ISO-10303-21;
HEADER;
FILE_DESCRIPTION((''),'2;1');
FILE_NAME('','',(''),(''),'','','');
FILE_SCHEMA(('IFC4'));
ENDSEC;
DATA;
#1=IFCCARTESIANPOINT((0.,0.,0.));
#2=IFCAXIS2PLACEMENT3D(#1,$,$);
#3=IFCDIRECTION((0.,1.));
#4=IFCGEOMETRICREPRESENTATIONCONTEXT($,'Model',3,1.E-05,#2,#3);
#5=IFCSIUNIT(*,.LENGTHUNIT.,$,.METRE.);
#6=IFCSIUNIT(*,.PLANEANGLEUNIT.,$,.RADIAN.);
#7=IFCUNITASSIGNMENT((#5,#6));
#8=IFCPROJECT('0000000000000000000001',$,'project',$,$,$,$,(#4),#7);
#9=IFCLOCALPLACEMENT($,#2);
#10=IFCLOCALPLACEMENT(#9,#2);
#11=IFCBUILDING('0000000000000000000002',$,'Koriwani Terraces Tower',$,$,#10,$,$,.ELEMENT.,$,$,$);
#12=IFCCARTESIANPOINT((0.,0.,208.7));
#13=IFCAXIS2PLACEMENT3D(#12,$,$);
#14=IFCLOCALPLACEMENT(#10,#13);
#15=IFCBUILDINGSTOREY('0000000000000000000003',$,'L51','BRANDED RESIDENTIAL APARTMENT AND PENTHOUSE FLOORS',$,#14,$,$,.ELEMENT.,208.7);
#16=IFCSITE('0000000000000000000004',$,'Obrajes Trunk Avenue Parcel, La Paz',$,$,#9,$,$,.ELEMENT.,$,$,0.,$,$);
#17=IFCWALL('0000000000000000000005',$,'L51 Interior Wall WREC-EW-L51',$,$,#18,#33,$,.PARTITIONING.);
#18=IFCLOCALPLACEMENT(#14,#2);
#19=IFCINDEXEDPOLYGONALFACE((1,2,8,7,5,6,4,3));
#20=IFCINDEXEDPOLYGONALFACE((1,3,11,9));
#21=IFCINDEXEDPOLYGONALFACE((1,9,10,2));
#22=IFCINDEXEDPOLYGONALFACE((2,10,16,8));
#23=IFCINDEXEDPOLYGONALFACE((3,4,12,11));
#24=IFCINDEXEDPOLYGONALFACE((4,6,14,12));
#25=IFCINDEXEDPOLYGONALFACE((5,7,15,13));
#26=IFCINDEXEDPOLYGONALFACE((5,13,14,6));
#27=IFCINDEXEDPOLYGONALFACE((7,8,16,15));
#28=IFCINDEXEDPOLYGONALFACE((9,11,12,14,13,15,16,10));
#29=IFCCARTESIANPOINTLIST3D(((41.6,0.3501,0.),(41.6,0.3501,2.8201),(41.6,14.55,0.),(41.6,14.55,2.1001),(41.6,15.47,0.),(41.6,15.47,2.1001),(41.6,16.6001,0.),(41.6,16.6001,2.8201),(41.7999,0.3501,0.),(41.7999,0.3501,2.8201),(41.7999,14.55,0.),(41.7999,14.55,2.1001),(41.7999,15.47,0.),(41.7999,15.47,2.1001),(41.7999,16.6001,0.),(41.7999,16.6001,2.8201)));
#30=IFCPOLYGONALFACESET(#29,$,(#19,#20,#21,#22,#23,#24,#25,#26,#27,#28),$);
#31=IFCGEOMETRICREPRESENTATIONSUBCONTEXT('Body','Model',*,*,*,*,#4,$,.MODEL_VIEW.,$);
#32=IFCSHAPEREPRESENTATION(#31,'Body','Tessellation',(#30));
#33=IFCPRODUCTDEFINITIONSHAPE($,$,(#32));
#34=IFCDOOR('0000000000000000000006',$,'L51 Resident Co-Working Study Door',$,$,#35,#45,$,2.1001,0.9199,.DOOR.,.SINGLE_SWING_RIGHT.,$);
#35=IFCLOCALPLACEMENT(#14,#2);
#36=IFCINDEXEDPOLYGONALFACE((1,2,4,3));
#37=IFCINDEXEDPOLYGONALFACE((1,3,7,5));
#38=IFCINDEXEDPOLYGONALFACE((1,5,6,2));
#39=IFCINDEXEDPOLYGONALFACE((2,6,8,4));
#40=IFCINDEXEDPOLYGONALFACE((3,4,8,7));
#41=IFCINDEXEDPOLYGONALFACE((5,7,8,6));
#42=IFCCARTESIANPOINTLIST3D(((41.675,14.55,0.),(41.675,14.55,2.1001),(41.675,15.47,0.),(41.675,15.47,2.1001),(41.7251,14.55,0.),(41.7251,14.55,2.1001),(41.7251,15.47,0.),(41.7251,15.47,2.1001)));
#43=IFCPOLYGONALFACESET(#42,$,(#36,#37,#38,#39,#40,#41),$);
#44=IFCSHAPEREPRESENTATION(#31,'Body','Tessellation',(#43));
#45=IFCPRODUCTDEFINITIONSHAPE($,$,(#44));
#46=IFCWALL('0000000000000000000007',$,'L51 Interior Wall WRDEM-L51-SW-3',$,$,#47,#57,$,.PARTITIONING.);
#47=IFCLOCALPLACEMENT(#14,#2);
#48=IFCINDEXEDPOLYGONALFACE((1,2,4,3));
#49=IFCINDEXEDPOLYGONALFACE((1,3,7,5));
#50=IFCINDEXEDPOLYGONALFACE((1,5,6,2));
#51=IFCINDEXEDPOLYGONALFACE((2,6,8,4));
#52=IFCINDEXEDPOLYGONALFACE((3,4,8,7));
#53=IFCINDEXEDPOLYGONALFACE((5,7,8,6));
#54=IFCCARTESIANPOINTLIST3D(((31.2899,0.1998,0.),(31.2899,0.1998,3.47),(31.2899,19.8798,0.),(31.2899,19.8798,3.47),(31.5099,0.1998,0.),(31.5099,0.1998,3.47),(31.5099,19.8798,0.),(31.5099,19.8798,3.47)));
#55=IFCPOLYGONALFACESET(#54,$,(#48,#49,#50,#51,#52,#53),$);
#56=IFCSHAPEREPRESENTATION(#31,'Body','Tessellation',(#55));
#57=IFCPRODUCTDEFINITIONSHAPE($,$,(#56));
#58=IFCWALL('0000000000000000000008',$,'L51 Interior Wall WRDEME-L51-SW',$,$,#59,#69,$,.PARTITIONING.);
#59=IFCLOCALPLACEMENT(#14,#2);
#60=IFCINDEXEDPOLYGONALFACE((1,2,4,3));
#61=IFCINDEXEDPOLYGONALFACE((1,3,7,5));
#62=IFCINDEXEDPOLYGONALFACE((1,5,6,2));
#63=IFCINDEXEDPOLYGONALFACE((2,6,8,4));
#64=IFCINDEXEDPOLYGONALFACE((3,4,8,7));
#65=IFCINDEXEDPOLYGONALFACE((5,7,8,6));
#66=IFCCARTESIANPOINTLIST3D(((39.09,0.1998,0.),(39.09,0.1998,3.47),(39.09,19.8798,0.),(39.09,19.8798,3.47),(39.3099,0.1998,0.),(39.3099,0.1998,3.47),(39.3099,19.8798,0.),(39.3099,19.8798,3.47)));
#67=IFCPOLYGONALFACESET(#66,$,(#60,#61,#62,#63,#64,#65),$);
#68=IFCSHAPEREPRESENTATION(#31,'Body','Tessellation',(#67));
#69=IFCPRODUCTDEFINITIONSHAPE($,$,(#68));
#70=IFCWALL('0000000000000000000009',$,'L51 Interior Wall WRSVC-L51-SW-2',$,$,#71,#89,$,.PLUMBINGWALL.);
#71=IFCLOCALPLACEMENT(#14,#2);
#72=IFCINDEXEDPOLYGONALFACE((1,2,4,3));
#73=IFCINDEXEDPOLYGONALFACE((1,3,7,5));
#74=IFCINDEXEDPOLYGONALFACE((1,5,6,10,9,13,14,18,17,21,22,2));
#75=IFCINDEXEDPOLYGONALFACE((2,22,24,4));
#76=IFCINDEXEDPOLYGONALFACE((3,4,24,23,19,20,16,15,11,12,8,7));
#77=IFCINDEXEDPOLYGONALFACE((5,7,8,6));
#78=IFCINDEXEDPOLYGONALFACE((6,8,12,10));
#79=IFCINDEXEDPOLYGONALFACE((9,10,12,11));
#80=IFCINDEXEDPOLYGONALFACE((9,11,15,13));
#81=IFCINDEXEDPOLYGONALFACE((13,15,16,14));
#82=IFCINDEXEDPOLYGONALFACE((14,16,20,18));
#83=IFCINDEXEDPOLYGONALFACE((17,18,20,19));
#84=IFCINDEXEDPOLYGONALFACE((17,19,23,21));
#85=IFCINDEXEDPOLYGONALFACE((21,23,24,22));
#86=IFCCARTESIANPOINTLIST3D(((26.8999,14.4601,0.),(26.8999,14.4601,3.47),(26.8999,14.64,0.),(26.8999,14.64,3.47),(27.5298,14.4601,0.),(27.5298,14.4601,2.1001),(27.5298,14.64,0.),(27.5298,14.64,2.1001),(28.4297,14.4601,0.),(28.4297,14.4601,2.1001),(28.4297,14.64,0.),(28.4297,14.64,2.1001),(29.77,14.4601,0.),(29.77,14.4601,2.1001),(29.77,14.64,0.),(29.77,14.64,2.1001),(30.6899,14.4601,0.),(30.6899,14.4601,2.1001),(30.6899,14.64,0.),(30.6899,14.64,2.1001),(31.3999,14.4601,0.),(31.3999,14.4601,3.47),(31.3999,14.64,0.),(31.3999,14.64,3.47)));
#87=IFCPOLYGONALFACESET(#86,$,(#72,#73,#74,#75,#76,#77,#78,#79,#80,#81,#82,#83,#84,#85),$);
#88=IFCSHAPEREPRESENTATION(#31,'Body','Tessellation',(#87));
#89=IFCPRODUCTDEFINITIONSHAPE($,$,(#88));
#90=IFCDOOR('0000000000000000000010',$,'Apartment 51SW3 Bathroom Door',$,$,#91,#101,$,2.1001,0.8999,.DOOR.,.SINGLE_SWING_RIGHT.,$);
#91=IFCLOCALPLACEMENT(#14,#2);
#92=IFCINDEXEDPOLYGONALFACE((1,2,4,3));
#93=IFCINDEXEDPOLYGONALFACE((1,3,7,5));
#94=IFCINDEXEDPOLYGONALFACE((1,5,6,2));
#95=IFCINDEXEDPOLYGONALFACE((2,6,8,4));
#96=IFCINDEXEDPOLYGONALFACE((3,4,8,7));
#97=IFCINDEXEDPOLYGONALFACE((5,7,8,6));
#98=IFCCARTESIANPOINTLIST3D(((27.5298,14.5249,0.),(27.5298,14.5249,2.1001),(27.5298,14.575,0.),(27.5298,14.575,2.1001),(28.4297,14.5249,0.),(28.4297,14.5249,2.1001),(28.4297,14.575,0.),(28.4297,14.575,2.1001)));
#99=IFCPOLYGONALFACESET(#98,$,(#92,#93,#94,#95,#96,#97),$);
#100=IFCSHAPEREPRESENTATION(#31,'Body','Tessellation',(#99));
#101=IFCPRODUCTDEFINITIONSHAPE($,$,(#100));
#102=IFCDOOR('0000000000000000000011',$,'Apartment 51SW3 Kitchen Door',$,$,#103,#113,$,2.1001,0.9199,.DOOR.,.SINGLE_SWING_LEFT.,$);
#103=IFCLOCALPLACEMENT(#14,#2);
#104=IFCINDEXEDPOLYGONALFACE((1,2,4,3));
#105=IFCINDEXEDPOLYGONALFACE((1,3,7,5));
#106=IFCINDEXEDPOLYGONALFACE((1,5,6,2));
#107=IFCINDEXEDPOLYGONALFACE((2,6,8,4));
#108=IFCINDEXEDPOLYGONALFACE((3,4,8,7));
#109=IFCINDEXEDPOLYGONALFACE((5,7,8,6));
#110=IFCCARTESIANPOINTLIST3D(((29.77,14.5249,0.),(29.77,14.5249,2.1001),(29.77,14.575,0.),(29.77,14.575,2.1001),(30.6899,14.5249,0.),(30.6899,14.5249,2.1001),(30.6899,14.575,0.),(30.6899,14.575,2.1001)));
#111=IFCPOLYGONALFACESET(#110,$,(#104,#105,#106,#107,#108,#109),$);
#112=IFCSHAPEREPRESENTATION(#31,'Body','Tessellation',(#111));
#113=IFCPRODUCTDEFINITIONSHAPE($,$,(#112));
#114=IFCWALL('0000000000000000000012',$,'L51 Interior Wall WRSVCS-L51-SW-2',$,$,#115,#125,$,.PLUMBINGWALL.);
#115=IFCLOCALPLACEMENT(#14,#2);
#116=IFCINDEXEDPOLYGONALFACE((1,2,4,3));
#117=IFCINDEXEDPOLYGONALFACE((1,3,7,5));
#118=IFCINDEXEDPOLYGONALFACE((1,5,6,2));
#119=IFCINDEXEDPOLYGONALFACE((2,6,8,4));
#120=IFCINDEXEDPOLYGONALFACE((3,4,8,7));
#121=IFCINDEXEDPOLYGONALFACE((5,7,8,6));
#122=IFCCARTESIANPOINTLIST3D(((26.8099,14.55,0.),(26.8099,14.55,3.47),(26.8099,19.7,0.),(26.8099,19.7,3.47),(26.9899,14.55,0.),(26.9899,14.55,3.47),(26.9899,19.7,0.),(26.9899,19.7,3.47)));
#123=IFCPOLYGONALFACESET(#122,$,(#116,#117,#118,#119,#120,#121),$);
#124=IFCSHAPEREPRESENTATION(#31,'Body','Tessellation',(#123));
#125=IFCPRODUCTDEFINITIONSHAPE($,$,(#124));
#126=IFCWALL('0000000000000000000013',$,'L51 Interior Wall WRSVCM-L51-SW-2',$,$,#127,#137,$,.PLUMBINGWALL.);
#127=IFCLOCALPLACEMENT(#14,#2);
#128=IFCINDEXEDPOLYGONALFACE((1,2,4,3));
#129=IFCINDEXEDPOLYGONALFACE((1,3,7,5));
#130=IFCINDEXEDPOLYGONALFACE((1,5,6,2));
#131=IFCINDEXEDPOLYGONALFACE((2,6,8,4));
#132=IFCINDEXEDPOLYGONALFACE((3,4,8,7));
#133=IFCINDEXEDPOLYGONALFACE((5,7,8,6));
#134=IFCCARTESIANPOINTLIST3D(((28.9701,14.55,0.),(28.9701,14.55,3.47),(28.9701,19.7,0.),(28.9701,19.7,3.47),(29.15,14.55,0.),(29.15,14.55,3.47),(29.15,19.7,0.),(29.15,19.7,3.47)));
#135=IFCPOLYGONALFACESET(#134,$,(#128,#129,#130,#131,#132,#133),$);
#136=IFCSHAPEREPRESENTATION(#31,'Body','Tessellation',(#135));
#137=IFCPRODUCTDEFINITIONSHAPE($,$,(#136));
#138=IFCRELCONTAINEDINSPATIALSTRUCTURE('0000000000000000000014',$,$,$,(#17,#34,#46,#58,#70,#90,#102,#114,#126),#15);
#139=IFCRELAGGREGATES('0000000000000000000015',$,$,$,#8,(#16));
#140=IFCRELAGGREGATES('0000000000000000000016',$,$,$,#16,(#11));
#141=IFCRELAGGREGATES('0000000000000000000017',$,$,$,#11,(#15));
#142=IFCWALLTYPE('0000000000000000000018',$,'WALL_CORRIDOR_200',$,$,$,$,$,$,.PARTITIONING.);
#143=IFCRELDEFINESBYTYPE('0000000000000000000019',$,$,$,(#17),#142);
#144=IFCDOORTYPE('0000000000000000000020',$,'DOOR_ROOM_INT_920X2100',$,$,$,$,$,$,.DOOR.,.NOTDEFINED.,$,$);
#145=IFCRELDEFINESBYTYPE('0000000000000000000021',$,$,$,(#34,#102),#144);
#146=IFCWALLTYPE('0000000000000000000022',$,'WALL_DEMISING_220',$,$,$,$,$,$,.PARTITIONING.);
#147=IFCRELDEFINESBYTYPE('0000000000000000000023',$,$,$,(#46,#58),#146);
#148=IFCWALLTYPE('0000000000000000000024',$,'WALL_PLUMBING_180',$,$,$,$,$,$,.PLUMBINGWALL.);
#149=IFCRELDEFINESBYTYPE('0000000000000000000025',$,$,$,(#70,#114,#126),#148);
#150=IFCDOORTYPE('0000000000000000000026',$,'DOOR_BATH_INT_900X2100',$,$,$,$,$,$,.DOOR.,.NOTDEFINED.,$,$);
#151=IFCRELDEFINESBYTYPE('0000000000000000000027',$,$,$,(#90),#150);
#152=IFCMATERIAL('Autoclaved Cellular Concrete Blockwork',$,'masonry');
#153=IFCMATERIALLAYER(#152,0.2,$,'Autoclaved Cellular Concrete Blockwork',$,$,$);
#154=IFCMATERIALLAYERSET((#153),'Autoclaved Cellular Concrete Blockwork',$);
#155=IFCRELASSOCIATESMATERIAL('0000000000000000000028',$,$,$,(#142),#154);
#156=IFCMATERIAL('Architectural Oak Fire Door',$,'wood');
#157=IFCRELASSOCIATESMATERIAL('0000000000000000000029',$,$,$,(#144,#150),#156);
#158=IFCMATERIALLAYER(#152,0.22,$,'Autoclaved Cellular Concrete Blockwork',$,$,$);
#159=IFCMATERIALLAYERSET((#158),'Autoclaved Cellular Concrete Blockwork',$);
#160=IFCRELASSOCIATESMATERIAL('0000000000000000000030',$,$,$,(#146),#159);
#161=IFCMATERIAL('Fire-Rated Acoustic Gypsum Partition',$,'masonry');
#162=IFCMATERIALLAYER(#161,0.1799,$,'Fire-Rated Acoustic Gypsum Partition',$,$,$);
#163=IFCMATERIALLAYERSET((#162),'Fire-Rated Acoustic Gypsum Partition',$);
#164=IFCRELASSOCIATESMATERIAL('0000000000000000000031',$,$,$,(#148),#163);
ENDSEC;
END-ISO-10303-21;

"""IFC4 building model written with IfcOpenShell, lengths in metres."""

from ifc_helpers import new_model, si_unit, direction, frame, frame_2d, origin, place, context, subcontext, project, spatial, rectangle, extrude, material, layer, layer_set, type_object, element, fill, save


model = new_model("IFC4")

# Units and contexts
model_context = context("Model", 3, precision=1e-05, world=origin(), true_north=direction((0.0, 1.0)))
body_context = subcontext(model_context, "Body", "Model", "MODEL_VIEW")
ifc_project = project(units=[si_unit("LENGTHUNIT", "METRE"), si_unit("PLANEANGLEUNIT", "RADIAN")], contexts=[model_context])

# Site, building, storey
site_placement = place(None, origin())
site = spatial("IfcSite", under=ifc_project, at=site_placement, Name="Obrajes Trunk Avenue Parcel, La Paz", CompositionType="ELEMENT", RefElevation=0.0)
building_placement = place(site_placement, origin())
building = spatial("IfcBuilding", under=site, at=building_placement, Name="Koriwani Terraces Tower", CompositionType="ELEMENT")
storey_placement = place(building_placement, frame((0.0, 0.0, 208.7)))
storey = spatial("IfcBuildingStorey", under=building, at=storey_placement, Name="L51", Description="BRANDED RESIDENTIAL APARTMENT AND PENTHOUSE FLOORS", CompositionType="ELEMENT", Elevation=208.7)

# Wall, opening, door
ifc_material_1 = material(Name="Autoclaved Cellular Concrete Blockwork", Category="masonry")
ifc_layer_1 = layer(ifc_material_1, 0.2, Name="Autoclaved Cellular Concrete Blockwork")
ifc_layer_set_1 = layer_set([ifc_layer_1], Name="Autoclaved Cellular Concrete Blockwork")
wall_type_1 = type_object("IfcWallType", Name="WALL_CORRIDOR_200", PredefinedType="PARTITIONING", material=ifc_layer_set_1)
wall_1_placement = place(storey_placement, frame((41.7, 0.3501, 0.0), z_axis=(0.0, 0.0, 1.0), x_axis=(0.0, 1.0, 0.0)))
wall_1 = element("IfcWall", 1, at=wall_1_placement, inside=storey, type_object=wall_type_1, Name="L51 Interior Wall WREC-EW-L51", PredefinedType="PARTITIONING", context=body_context, shape_type="SweptSolid", body=[
    extrude(rectangle(XDim=16.25, YDim=0.2, at=frame_2d((8.125, 0.0))), origin(), (0.0, 0.0, 1.0), 2.8201),
])
opening_1_placement = place(wall_1_placement, frame((14.2, 0.0, 0.0)))
opening_1 = element("IfcOpeningElement", 2, at=opening_1_placement, cuts=wall_1, PredefinedType="OPENING", context=body_context, shape_type="SweptSolid", body=[
    extrude(rectangle(XDim=0.9199, YDim=2.1001, at=frame_2d((0.46, 1.05))), frame((0.0, 0.1099, 0.0), z_axis=(0.0, -1.0, 0.0), x_axis=(1.0, 0.0, 0.0)), (0.0, 0.0, 1.0), 0.22),
])
ifc_material_2 = material(Name="Architectural Oak Fire Door", Category="wood")
door_type_1 = type_object("IfcDoorType", Name="DOOR_ROOM_INT_920X2100", OperationType="NOTDEFINED", PredefinedType="DOOR", material=ifc_material_2)
door_1_placement = place(opening_1_placement, origin())
door_1 = element("IfcDoor", 3, at=door_1_placement, inside=storey, type_object=door_type_1, Name="L51 Resident Co-Working Study Door", OperationType="SINGLE_SWING_RIGHT", OverallHeight=2.1001, OverallWidth=0.9199, PredefinedType="DOOR", context=body_context, shape_type="SweptSolid", body=[
    extrude(rectangle(XDim=0.9199, YDim=2.1001, at=frame_2d((0.46, 1.05))), frame((0.0, 0.0249, 0.0), z_axis=(0.0, -1.0, 0.0), x_axis=(1.0, 0.0, 0.0)), (0.0, 0.0, 1.0), 0.05),
])
fill(opening_1, door_1)

# Walls
ifc_layer_2 = layer(ifc_material_1, 0.22, Name="Autoclaved Cellular Concrete Blockwork")
ifc_layer_set_2 = layer_set([ifc_layer_2], Name="Autoclaved Cellular Concrete Blockwork")
wall_type_2 = type_object("IfcWallType", Name="WALL_DEMISING_220", PredefinedType="PARTITIONING", material=ifc_layer_set_2)
for number, where, z_axis, x_axis, name in (
    (4, (31.3999, 0.2, 0.0), (0.0, 0.0, 1.0), (0.0, 1.0, 0.0), "L51 Interior Wall WRDEM-L51-SW-3"),
    (5, (39.2, 0.2, 0.0), (0.0, 0.0, 1.0), (0.0, 1.0, 0.0), "L51 Interior Wall WRDEME-L51-SW"),
):
    element("IfcWall", number, at=place(storey_placement, frame(where, z_axis=z_axis, x_axis=x_axis)), inside=storey, type_object=wall_type_2, Name=name, PredefinedType="PARTITIONING", context=body_context, shape_type="SweptSolid", body=[
        extrude(rectangle(XDim=19.6799, YDim=0.22, at=frame_2d((9.8398, 0.0))), origin(), (0.0, 0.0, 1.0), 3.47),
    ])

# Wall, openings, doors
ifc_material_3 = material(Name="Fire-Rated Acoustic Gypsum Partition", Category="masonry")
ifc_layer_3 = layer(ifc_material_3, 0.1799, Name="Fire-Rated Acoustic Gypsum Partition")
ifc_layer_set_3 = layer_set([ifc_layer_3], Name="Fire-Rated Acoustic Gypsum Partition")
wall_type_3 = type_object("IfcWallType", Name="WALL_PLUMBING_180", PredefinedType="PLUMBINGWALL", material=ifc_layer_set_3)
wall_2_placement = place(storey_placement, frame((26.8999, 14.55, 0.0), z_axis=(0.0, 0.0, 1.0), x_axis=(1.0, 0.0, 0.0)))
wall_2 = element("IfcWall", 6, at=wall_2_placement, inside=storey, type_object=wall_type_3, Name="L51 Interior Wall WRSVC-L51-SW-2", PredefinedType="PLUMBINGWALL", context=body_context, shape_type="SweptSolid", body=[
    extrude(rectangle(XDim=4.5, YDim=0.1799, at=frame_2d((2.25, 0.0))), origin(), (0.0, 0.0, 1.0), 3.47),
])
opening_2_placement = place(wall_2_placement, frame((0.6299, 0.0, 0.0)))
opening_2 = element("IfcOpeningElement", 7, at=opening_2_placement, cuts=wall_2, PredefinedType="OPENING", context=body_context, shape_type="SweptSolid", body=[
    extrude(rectangle(XDim=0.8999, YDim=2.1001, at=frame_2d((0.45, 1.05))), frame((0.0, 0.1001, 0.0), z_axis=(0.0, -1.0, 0.0), x_axis=(1.0, 0.0, 0.0)), (0.0, 0.0, 1.0), 0.2),
])
opening_3_placement = place(wall_2_placement, frame((2.8701, 0.0, 0.0)))
opening_3 = element("IfcOpeningElement", 8, at=opening_3_placement, cuts=wall_2, PredefinedType="OPENING", context=body_context, shape_type="SweptSolid", body=[
    extrude(rectangle(XDim=0.9199, YDim=2.1001, at=frame_2d((0.46, 1.05))), frame((0.0, 0.1001, 0.0), z_axis=(0.0, -1.0, 0.0), x_axis=(1.0, 0.0, 0.0)), (0.0, 0.0, 1.0), 0.2),
])
door_type_2 = type_object("IfcDoorType", Name="DOOR_BATH_INT_900X2100", OperationType="NOTDEFINED", PredefinedType="DOOR", material=ifc_material_2)
door_2_placement = place(opening_2_placement, origin())
door_2 = element("IfcDoor", 9, at=door_2_placement, inside=storey, type_object=door_type_2, Name="Apartment 51SW3 Bathroom Door", OperationType="SINGLE_SWING_RIGHT", OverallHeight=2.1001, OverallWidth=0.8999, PredefinedType="DOOR", context=body_context, shape_type="SweptSolid", body=[
    extrude(rectangle(XDim=0.8999, YDim=2.1001, at=frame_2d((0.45, 1.05))), frame((0.0, 0.0249, 0.0), z_axis=(0.0, -1.0, 0.0), x_axis=(1.0, 0.0, 0.0)), (0.0, 0.0, 1.0), 0.05),
])
fill(opening_2, door_2)
door_3_placement = place(opening_3_placement, origin())
door_3 = element("IfcDoor", 10, at=door_3_placement, inside=storey, type_object=door_type_1, Name="Apartment 51SW3 Kitchen Door", OperationType="SINGLE_SWING_LEFT", OverallHeight=2.1001, OverallWidth=0.9199, PredefinedType="DOOR", context=body_context, shape_type="SweptSolid", body=[
    extrude(rectangle(XDim=0.9199, YDim=2.1001, at=frame_2d((0.46, 1.05))), frame((0.0, 0.0249, 0.0), z_axis=(0.0, -1.0, 0.0), x_axis=(1.0, 0.0, 0.0)), (0.0, 0.0, 1.0), 0.05),
])
fill(opening_3, door_3)

# Walls
for number, where, z_axis, x_axis, name in (
    (11, (26.8999, 14.55, 0.0), (0.0, 0.0, 1.0), (0.0, 1.0, 0.0), "L51 Interior Wall WRSVCS-L51-SW-2"),
    (12, (29.0601, 14.55, 0.0), (0.0, 0.0, 1.0), (0.0, 1.0, 0.0), "L51 Interior Wall WRSVCM-L51-SW-2"),
):
    element("IfcWall", number, at=place(storey_placement, frame(where, z_axis=z_axis, x_axis=x_axis)), inside=storey, type_object=wall_type_3, Name=name, PredefinedType="PLUMBINGWALL", context=body_context, shape_type="SweptSolid", body=[
        extrude(rectangle(XDim=5.1499, YDim=0.1799, at=frame_2d((2.575, 0.0))), origin(), (0.0, 0.0, 1.0), 3.47),
    ])

save(model, "model.ifc")
